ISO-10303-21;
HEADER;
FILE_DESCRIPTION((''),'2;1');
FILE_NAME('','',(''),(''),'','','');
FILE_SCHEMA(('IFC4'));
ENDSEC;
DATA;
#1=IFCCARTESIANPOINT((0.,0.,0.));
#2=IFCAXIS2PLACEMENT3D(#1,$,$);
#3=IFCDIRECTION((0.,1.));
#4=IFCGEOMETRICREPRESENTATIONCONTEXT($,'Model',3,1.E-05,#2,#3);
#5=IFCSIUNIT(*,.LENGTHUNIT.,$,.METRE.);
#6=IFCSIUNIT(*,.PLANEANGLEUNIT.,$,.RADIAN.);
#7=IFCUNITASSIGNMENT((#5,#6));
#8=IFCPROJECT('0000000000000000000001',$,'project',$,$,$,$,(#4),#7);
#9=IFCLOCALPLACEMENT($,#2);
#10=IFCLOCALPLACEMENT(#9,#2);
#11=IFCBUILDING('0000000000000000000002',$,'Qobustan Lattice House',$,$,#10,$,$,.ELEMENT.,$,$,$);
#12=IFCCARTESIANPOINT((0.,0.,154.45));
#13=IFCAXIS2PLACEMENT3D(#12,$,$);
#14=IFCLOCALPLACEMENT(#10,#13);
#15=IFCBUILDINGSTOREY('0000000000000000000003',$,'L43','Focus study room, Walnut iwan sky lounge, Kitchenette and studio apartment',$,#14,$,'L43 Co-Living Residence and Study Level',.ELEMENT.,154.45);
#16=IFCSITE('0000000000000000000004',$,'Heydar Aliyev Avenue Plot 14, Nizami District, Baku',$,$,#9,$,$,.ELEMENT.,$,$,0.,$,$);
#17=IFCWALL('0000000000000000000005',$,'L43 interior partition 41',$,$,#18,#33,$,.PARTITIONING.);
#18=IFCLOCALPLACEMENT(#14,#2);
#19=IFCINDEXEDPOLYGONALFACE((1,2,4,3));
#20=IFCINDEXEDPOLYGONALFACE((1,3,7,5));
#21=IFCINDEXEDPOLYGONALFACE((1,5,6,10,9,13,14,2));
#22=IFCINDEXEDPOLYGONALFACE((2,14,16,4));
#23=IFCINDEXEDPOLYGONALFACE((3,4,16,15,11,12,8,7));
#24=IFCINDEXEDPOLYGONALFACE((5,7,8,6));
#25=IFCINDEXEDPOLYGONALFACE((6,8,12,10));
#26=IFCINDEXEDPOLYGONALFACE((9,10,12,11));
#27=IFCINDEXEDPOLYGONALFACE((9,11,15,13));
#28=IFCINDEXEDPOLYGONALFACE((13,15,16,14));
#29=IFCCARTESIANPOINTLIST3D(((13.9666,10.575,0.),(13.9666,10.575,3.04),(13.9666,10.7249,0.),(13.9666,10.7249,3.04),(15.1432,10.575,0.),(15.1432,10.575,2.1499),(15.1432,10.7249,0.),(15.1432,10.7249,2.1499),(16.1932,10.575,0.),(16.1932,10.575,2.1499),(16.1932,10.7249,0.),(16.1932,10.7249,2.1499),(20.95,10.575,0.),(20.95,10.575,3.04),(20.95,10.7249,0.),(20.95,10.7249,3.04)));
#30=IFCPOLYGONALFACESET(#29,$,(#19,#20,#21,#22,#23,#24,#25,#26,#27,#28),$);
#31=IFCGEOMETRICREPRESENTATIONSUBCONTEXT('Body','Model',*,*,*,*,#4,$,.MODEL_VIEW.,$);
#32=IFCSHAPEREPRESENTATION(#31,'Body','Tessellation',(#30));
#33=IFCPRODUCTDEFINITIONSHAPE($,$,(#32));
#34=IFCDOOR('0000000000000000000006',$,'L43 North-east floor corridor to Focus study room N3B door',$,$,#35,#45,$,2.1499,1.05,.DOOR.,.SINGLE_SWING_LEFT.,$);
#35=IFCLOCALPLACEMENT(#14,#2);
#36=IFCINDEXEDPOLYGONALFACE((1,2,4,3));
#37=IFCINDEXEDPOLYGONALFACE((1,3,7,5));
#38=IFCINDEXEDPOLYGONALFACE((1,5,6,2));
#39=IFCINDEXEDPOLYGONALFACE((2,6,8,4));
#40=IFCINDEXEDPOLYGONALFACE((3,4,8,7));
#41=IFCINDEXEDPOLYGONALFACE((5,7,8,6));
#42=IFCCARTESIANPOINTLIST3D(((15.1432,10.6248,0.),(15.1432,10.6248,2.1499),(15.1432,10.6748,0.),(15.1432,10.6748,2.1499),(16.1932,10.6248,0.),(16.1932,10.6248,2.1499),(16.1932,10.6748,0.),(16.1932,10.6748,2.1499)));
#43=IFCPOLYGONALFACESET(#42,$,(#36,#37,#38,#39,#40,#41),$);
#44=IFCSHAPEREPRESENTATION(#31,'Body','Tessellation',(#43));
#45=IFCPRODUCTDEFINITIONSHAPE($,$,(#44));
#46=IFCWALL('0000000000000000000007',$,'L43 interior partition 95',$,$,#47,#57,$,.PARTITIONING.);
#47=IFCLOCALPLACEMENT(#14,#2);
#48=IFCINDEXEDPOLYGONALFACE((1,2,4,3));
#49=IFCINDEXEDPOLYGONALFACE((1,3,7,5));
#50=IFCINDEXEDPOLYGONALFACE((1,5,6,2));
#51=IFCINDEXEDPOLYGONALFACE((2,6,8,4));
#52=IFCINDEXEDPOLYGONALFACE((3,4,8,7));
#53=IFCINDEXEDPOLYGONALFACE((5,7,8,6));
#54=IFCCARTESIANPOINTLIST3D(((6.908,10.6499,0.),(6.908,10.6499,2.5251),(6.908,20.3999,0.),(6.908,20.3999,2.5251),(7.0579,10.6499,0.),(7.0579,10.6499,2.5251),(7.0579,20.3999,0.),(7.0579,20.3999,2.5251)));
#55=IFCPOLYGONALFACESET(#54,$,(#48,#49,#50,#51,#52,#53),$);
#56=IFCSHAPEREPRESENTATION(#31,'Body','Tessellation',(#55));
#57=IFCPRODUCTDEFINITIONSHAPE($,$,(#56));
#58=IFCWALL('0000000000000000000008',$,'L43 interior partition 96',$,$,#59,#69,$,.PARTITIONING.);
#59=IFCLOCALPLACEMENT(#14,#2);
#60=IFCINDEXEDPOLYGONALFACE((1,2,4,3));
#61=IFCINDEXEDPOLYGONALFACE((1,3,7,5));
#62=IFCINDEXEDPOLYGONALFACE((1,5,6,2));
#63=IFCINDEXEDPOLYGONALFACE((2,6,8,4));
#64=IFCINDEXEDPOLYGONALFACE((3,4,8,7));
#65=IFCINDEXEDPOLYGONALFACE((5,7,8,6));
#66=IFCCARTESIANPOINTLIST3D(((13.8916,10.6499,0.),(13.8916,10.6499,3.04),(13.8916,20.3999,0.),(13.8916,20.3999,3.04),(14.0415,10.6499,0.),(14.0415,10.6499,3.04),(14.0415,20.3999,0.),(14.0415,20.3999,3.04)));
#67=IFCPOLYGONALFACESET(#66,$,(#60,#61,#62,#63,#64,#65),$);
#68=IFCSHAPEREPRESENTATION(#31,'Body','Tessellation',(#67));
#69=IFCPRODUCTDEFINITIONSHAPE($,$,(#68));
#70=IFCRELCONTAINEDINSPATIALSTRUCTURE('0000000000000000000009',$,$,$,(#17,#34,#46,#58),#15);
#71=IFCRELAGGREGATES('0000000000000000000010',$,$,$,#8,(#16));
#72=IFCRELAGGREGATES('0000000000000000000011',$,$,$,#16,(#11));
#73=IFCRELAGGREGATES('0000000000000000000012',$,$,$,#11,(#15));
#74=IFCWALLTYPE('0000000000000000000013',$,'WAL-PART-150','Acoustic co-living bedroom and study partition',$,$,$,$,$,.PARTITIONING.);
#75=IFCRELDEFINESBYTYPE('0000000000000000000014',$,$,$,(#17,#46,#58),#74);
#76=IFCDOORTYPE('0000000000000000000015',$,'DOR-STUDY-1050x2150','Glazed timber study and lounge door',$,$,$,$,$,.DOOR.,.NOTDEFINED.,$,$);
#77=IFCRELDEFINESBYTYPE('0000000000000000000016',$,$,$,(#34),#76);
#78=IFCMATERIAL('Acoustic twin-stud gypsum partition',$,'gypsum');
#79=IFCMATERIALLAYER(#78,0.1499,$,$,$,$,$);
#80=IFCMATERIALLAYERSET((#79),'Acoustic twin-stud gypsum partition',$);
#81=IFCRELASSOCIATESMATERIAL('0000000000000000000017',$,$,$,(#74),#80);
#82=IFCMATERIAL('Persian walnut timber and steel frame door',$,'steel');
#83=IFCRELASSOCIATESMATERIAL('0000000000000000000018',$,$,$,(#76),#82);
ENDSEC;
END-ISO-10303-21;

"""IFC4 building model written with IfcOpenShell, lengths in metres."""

from ifc_helpers import new_model, si_unit, direction, frame, frame_2d, origin, place, context, subcontext, project, spatial, rectangle, extrude, material, layer, layer_set, type_object, element, fill, save


model = new_model("IFC4")

# Units and contexts
model_context = context("Model", 3, precision=1e-05, world=origin(), true_north=direction((0.0, 1.0)))
body_context = subcontext(model_context, "Body", "Model", "MODEL_VIEW")
ifc_project = project(units=[si_unit("LENGTHUNIT", "METRE"), si_unit("PLANEANGLEUNIT", "RADIAN")], contexts=[model_context])

# Site, building, storey
site_placement = place(None, origin())
site = spatial("IfcSite", under=ifc_project, at=site_placement, Name="Heydar Aliyev Avenue Plot 14, Nizami District, Baku", CompositionType="ELEMENT", RefElevation=0.0)
building_placement = place(site_placement, origin())
building = spatial("IfcBuilding", under=site, at=building_placement, Name="Qobustan Lattice House", CompositionType="ELEMENT")
storey_placement = place(building_placement, frame((0.0, 0.0, 154.45)))
storey = spatial("IfcBuildingStorey", under=building, at=storey_placement, Name="L43", Description="Focus study room, Walnut iwan sky lounge, Kitchenette and studio apartment", LongName="L43 Co-Living Residence and Study Level", CompositionType="ELEMENT", Elevation=154.45)

# Wall, opening, door
ifc_material_1 = material(Name="Acoustic twin-stud gypsum partition", Category="gypsum")
ifc_layer_1 = layer(ifc_material_1, 0.1499)
ifc_layer_set_1 = layer_set([ifc_layer_1], Name="Acoustic twin-stud gypsum partition")
wall_type_1 = type_object("IfcWallType", Name="WAL-PART-150", Description="Acoustic co-living bedroom and study partition", PredefinedType="PARTITIONING", material=ifc_layer_set_1)
ifc_material_2 = material(Name="Persian walnut timber and steel frame door", Category="steel")
door_type = type_object("IfcDoorType", Name="DOR-STUDY-1050x2150", Description="Glazed timber study and lounge door", OperationType="NOTDEFINED", PredefinedType="DOOR", material=ifc_material_2)
wall_1_placement = place(storey_placement, frame((13.9666, 10.6499, 0.0), z_axis=(0.0, 0.0, 1.0), x_axis=(1.0, 0.0, 0.0)))
wall_1 = element("IfcWall", 1, at=wall_1_placement, inside=storey, type_object=wall_type_1, Name="L43 interior partition 41", PredefinedType="PARTITIONING", context=body_context, shape_type="SweptSolid", body=[
    extrude(rectangle(XDim=6.9834, YDim=0.1499, at=frame_2d((3.4917, 0.0))), origin(), (0.0, 0.0, 1.0), 3.04),
])
opening_1_placement = place(wall_1_placement, frame((1.1768, 0.0, 0.0)))
opening_1 = element("IfcOpeningElement", 2, at=opening_1_placement, cuts=wall_1, PredefinedType="OPENING", context=body_context, shape_type="SweptSolid", body=[
    extrude(rectangle(XDim=1.05, YDim=2.1499, at=frame_2d((0.5249, 1.075))), frame((0.0, 0.085, 0.0), z_axis=(0.0, -1.0, 0.0), x_axis=(1.0, 0.0, 0.0)), (0.0, 0.0, 1.0), 0.1699),
])
door_1_placement = place(opening_1_placement, origin())
door_1 = element("IfcDoor", 3, at=door_1_placement, inside=storey, type_object=door_type, Name="L43 North-east floor corridor to Focus study room N3B door", OperationType="SINGLE_SWING_LEFT", OverallHeight=2.1499, OverallWidth=1.05, PredefinedType="DOOR", context=body_context, shape_type="SweptSolid", body=[
    extrude(rectangle(XDim=1.05, YDim=2.1499, at=frame_2d((0.5249, 1.075))), frame((0.0, 0.0249, 0.0), z_axis=(0.0, -1.0, 0.0), x_axis=(1.0, 0.0, 0.0)), (0.0, 0.0, 1.0), 0.05),
])
fill(opening_1, door_1)

# Walls
wall_2_placement = place(storey_placement, frame((6.9829, 20.3999, 0.0), z_axis=(0.0, 0.0, 1.0), x_axis=(0.0, -1.0, 0.0)))
element("IfcWall", 4, at=wall_2_placement, inside=storey, type_object=wall_type_1, Name="L43 interior partition 95", PredefinedType="PARTITIONING", context=body_context, shape_type="SweptSolid", body=[
    extrude(rectangle(XDim=9.75, YDim=0.1499, at=frame_2d((4.875, 0.0))), origin(), (0.0, 0.0, 1.0), 2.5251),
])
wall_3_placement = place(storey_placement, frame((13.9666, 20.3999, 0.0), z_axis=(0.0, 0.0, 1.0), x_axis=(0.0, -1.0, 0.0)))
element("IfcWall", 5, at=wall_3_placement, inside=storey, type_object=wall_type_1, Name="L43 interior partition 96", PredefinedType="PARTITIONING", context=body_context, shape_type="SweptSolid", body=[
    extrude(rectangle(XDim=9.75, YDim=0.1499, at=frame_2d((4.875, 0.0))), origin(), (0.0, 0.0, 1.0), 3.04),
])

save(model, "model.ifc")
